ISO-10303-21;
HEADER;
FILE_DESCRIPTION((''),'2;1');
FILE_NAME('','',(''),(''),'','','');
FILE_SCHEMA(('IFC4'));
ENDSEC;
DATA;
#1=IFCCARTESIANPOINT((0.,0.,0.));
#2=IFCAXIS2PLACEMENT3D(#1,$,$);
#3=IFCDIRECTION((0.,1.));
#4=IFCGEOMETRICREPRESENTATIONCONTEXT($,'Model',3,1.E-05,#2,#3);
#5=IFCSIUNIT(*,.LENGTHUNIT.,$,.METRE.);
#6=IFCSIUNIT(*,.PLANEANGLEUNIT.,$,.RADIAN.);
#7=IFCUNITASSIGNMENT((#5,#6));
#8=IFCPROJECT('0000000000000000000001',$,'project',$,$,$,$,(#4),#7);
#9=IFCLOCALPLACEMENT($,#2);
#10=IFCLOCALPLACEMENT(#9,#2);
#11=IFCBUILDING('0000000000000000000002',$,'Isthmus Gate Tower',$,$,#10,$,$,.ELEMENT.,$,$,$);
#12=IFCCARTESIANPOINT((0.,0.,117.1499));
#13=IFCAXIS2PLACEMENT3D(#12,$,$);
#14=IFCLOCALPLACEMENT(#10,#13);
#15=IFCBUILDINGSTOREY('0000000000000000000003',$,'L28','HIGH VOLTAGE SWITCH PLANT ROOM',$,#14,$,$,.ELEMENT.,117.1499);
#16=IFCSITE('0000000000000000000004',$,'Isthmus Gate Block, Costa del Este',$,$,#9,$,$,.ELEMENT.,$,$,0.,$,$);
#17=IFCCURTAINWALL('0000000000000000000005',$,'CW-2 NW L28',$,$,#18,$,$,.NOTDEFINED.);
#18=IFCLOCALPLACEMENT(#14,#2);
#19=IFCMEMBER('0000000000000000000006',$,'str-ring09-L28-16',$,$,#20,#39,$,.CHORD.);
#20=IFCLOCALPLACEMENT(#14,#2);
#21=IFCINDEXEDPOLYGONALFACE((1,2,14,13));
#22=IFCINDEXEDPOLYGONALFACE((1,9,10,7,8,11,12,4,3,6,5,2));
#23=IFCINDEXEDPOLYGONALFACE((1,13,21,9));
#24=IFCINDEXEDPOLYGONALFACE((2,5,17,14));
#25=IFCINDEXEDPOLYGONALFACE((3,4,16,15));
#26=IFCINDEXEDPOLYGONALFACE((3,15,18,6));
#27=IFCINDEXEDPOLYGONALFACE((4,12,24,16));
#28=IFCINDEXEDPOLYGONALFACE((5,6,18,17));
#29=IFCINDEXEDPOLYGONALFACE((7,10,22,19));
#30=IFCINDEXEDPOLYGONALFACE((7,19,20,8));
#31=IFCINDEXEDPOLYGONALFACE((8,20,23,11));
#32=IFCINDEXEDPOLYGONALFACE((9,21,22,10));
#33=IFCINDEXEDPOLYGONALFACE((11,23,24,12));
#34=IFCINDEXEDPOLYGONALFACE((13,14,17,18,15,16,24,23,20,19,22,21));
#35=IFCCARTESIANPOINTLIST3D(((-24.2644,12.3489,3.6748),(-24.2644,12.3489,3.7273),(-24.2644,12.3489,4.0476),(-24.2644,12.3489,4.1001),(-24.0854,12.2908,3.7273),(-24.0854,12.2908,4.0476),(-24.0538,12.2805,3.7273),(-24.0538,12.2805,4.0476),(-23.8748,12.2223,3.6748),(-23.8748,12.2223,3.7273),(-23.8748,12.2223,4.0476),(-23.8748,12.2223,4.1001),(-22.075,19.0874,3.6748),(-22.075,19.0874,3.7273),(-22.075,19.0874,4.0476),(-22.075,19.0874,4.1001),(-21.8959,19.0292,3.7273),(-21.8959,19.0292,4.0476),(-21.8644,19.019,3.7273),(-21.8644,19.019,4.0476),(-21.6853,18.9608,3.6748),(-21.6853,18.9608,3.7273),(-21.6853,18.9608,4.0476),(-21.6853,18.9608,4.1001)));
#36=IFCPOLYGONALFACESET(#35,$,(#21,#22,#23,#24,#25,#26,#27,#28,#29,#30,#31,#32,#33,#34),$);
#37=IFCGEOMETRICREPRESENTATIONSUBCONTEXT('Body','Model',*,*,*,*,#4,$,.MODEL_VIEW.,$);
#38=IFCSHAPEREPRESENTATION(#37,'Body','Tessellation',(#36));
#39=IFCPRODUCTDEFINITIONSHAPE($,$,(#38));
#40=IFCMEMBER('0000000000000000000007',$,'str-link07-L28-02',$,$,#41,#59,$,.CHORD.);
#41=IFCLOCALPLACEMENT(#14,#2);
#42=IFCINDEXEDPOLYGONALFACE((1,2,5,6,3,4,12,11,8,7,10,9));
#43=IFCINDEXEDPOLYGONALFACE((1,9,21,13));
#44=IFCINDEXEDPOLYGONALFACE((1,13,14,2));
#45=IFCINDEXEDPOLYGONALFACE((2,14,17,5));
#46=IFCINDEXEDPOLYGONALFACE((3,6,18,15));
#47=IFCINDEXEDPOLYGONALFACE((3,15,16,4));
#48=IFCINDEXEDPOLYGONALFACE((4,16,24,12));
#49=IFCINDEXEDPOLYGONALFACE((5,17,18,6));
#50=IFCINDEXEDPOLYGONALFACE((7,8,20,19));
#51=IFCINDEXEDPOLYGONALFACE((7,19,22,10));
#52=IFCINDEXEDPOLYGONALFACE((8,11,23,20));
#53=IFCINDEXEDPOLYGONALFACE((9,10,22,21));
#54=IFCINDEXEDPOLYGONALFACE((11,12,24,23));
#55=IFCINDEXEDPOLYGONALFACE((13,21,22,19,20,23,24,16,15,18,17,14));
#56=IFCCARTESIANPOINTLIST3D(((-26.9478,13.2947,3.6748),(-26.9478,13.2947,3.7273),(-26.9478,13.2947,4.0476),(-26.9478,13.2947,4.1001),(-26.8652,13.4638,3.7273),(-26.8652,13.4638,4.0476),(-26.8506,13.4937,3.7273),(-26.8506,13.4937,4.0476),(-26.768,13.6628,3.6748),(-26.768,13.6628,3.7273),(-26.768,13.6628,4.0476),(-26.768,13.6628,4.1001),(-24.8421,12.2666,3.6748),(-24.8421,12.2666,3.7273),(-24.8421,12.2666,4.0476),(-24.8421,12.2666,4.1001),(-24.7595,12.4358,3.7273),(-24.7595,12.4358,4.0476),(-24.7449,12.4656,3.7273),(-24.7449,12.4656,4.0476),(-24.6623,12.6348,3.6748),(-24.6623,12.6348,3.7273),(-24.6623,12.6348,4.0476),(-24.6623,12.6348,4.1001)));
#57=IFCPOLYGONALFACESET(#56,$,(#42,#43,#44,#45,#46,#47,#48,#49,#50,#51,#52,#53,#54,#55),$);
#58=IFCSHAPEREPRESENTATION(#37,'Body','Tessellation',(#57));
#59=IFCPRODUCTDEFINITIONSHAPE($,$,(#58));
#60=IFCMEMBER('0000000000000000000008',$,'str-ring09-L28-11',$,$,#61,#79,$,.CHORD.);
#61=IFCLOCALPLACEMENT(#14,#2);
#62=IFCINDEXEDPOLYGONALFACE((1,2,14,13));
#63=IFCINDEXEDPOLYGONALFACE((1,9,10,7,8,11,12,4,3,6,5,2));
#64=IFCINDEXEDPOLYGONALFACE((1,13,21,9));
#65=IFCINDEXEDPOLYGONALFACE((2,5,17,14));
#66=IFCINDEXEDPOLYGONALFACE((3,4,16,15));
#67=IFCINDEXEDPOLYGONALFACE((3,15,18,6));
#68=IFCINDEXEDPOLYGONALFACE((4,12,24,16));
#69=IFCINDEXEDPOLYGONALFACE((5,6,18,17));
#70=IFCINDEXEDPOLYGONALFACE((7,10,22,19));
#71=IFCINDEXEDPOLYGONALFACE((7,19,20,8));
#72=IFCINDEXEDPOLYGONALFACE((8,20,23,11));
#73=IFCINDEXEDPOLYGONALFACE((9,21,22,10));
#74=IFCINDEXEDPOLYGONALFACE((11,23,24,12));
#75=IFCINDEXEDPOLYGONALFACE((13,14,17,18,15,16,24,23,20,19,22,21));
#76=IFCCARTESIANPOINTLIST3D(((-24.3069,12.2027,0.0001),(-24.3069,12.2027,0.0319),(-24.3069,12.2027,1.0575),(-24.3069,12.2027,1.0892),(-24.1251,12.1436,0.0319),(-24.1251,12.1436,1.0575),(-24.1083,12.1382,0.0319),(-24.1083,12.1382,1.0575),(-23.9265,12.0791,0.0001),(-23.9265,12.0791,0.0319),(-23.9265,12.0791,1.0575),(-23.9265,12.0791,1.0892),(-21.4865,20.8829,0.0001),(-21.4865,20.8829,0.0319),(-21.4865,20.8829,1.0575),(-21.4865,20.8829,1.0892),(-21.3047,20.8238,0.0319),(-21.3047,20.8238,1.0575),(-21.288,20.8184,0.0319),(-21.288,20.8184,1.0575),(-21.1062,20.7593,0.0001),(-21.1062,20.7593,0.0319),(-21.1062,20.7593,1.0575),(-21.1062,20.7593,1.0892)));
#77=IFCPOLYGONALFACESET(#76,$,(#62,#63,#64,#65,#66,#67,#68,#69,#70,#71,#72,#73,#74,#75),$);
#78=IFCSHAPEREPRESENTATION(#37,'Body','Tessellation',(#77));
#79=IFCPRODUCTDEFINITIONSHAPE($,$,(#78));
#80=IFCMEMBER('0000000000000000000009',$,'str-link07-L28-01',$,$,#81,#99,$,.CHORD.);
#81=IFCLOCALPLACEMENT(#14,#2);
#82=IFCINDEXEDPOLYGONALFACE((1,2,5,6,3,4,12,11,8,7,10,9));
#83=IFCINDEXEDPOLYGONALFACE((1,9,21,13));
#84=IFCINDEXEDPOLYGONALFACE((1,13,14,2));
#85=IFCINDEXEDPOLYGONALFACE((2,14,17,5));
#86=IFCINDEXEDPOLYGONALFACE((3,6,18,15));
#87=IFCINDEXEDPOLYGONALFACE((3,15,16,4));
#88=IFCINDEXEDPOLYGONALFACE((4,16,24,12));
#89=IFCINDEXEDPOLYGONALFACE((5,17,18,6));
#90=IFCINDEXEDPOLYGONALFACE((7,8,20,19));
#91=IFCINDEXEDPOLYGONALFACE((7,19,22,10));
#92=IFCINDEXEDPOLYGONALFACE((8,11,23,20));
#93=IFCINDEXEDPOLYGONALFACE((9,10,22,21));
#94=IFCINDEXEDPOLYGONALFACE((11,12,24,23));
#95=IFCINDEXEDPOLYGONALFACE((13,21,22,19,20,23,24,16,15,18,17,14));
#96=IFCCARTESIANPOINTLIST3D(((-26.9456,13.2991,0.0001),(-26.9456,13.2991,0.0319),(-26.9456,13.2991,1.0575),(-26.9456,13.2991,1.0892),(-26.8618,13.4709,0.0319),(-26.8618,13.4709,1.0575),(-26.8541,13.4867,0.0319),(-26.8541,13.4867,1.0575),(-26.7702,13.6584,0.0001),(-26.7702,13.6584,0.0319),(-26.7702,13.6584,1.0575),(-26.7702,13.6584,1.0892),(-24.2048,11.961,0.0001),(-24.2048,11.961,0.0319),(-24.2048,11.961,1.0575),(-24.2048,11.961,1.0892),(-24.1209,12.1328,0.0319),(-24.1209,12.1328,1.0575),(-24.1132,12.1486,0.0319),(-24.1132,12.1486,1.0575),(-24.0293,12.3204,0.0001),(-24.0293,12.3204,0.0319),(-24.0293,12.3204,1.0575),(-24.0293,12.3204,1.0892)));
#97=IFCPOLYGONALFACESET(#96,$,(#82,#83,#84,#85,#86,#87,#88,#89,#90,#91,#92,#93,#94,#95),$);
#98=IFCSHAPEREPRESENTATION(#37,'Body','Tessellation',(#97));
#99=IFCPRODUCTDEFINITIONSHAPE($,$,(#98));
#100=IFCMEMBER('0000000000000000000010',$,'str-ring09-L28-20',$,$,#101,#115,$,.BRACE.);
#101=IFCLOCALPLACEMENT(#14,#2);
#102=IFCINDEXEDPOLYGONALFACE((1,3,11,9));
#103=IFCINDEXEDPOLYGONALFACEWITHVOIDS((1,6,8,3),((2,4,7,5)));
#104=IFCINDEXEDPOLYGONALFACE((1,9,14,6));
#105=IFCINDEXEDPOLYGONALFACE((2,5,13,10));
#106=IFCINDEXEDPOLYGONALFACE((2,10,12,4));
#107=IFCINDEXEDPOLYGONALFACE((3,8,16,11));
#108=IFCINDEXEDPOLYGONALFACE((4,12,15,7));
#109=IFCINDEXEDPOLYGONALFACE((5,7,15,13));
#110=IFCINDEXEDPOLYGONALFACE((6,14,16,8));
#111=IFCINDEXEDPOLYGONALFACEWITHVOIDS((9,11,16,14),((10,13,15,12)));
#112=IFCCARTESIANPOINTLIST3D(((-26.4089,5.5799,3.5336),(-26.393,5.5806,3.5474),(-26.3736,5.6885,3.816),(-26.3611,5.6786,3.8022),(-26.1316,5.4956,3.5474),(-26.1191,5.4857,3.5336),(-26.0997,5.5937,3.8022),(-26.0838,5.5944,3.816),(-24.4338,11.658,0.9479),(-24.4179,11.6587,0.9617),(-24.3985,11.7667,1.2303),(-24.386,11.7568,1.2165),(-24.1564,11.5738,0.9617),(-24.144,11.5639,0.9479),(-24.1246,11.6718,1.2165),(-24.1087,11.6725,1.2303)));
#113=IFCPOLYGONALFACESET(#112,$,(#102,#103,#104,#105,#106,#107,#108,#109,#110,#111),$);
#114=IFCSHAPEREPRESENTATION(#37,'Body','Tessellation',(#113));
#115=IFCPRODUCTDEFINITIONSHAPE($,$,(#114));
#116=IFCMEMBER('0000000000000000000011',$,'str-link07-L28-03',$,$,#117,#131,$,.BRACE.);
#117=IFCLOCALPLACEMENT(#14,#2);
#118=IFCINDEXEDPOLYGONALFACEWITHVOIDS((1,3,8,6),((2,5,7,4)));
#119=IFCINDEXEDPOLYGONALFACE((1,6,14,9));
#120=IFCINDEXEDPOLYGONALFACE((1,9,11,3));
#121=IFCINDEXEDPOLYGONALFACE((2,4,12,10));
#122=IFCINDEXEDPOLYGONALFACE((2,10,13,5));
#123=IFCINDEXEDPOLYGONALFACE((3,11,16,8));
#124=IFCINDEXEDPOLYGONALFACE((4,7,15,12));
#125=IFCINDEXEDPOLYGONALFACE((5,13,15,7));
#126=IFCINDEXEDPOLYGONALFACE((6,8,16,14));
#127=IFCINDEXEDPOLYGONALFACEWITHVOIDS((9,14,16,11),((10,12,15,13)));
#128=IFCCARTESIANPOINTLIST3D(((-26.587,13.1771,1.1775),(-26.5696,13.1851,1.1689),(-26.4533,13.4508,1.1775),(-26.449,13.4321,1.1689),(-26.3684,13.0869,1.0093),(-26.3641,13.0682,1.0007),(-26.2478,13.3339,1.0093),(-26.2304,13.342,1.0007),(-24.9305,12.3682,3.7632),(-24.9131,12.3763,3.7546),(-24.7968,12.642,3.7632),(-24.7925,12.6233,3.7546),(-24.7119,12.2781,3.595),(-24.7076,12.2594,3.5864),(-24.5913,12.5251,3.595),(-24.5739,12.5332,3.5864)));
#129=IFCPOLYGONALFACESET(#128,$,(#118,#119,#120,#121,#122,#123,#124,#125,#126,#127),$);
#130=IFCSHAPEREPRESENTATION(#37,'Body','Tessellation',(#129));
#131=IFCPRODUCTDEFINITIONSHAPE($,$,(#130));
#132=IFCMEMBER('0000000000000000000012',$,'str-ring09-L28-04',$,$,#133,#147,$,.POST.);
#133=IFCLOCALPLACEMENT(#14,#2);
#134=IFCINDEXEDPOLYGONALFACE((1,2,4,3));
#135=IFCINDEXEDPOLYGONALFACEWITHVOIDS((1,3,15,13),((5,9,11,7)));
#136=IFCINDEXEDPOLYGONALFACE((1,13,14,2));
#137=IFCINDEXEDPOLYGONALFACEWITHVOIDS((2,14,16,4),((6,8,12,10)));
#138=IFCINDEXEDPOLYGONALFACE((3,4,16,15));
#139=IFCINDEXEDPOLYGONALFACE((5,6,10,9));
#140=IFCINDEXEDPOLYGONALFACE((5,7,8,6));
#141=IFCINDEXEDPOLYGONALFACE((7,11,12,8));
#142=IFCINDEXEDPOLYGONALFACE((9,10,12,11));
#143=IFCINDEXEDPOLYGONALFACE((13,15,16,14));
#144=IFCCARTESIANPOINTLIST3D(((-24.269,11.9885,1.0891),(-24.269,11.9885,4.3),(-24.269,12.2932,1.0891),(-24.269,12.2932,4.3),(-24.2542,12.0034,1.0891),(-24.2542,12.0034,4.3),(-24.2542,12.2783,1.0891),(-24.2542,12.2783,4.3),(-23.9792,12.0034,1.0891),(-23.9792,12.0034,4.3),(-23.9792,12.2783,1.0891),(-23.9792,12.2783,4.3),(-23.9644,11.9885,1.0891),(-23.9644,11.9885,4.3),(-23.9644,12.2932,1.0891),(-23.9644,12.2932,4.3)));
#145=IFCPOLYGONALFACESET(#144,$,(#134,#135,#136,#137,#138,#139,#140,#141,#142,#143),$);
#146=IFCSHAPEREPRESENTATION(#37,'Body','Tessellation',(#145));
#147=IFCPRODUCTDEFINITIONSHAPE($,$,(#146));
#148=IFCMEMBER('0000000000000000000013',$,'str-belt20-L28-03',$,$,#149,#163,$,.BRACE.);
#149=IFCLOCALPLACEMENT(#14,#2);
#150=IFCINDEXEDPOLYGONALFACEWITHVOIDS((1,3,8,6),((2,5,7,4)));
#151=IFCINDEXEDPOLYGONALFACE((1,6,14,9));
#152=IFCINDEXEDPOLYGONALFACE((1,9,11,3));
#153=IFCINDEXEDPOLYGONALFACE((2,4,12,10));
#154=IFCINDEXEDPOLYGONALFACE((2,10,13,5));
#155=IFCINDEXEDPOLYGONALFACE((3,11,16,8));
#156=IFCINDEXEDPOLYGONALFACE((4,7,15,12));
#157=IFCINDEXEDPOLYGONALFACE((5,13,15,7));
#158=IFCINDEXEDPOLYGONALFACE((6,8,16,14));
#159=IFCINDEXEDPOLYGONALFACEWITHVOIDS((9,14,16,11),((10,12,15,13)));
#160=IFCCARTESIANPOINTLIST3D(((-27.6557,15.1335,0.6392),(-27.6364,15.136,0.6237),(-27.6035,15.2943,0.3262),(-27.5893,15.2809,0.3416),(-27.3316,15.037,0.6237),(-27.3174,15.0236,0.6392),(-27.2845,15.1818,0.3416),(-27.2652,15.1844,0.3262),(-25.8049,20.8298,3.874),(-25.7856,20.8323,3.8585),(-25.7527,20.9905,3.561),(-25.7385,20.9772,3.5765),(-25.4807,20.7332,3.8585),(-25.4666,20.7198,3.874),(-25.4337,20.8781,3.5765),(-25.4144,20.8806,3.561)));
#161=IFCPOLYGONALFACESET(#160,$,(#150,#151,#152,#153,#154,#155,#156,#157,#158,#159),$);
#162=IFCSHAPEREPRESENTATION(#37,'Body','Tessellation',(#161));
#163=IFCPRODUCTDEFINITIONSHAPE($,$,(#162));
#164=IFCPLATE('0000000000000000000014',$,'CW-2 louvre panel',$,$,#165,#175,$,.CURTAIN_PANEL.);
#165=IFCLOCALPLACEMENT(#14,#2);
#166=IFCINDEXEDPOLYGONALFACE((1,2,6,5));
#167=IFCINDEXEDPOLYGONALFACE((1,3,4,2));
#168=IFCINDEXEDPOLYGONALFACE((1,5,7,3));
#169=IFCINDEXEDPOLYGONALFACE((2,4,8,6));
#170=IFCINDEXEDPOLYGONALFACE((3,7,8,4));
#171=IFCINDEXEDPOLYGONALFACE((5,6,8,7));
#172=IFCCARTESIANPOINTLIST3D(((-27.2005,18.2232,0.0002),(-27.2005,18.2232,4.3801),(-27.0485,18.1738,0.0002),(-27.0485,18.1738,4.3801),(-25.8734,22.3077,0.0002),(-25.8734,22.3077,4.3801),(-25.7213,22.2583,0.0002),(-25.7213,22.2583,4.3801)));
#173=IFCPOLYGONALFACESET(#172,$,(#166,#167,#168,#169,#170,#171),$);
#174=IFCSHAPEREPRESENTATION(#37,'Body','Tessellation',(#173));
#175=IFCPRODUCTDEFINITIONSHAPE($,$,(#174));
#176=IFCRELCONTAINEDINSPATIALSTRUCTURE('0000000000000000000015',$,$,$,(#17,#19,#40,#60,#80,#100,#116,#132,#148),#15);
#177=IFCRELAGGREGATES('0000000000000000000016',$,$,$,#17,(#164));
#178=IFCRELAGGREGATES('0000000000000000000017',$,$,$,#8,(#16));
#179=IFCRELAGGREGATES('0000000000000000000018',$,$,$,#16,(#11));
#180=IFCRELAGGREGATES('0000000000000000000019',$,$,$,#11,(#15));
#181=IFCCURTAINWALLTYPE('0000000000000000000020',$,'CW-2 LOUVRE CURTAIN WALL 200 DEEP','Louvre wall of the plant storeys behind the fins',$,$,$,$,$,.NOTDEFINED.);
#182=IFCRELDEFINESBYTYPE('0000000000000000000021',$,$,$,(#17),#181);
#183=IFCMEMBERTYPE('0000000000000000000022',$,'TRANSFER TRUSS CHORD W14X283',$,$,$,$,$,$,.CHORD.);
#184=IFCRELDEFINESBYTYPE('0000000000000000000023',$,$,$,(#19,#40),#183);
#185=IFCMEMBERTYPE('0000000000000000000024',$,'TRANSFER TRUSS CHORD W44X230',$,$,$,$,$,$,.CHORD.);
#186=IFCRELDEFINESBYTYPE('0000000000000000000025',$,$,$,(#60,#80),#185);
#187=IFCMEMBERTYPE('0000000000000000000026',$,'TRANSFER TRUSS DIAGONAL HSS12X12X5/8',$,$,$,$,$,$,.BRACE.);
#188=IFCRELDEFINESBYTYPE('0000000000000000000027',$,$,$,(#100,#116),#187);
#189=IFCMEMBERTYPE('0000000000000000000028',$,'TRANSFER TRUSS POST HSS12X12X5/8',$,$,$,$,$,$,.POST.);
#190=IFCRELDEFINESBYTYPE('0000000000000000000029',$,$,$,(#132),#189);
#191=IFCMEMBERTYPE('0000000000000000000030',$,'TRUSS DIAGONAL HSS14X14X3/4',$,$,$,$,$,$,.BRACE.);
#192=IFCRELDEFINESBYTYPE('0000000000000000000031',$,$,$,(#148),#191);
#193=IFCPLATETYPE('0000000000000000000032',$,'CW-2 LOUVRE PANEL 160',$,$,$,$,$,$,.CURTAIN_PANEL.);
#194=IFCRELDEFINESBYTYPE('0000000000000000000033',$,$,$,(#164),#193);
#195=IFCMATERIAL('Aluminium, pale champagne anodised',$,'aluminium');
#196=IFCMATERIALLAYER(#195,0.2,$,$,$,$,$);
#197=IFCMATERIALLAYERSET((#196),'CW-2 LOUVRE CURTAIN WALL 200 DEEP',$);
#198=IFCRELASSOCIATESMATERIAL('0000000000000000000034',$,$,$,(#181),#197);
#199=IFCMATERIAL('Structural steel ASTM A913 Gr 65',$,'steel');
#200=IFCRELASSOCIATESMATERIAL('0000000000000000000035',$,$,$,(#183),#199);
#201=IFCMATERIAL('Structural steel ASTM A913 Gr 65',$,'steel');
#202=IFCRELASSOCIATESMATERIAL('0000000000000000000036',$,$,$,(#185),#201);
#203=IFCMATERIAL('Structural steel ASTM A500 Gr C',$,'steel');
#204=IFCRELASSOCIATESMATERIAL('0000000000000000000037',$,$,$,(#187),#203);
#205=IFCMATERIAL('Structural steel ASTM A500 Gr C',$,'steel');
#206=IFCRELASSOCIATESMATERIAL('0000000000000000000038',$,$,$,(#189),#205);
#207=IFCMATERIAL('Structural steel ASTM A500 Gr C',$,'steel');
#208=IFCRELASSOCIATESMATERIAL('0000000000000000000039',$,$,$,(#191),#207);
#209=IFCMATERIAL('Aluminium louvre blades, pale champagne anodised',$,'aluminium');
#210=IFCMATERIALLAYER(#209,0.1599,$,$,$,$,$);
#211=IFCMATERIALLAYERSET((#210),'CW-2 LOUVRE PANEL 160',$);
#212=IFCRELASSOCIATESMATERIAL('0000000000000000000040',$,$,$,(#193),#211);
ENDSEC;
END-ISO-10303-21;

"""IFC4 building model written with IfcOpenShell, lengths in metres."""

from ifc_helpers import new_model, si_unit, direction, frame, origin, origin_2d, place, context, subcontext, project, spatial, rectangle, hollow_rectangle, i_section, extrude, material, layer, layer_set, material_profile, profile_set, type_object, element, aggregate, save


model = new_model("IFC4")

# Units and contexts
model_context = context("Model", 3, precision=1e-05, world=origin(), true_north=direction((0.0, 1.0)))
body_context = subcontext(model_context, "Body", "Model", "MODEL_VIEW")
ifc_project = project(units=[si_unit("LENGTHUNIT", "METRE"), si_unit("PLANEANGLEUNIT", "RADIAN")], contexts=[model_context])

# Site, building, storey
site_placement = place(None, origin())
site = spatial("IfcSite", under=ifc_project, at=site_placement, Name="Isthmus Gate Block, Costa del Este", CompositionType="ELEMENT", RefElevation=0.0)
building_placement = place(site_placement, origin())
building = spatial("IfcBuilding", under=site, at=building_placement, Name="Isthmus Gate Tower", CompositionType="ELEMENT")
storey_placement = place(building_placement, frame((0.0, 0.0, 117.1499)))
storey = spatial("IfcBuildingStorey", under=building, at=storey_placement, Name="L28", Description="HIGH VOLTAGE SWITCH PLANT ROOM", CompositionType="ELEMENT", Elevation=117.1499)

# Curtain wall
ifc_material_1 = material(Name="Aluminium, pale champagne anodised", Category="aluminium")
ifc_layer_1 = layer(ifc_material_1, 0.2)
ifc_layer_set_1 = layer_set([ifc_layer_1], Name="CW-2 LOUVRE CURTAIN WALL 200 DEEP")
curtain_wall_type = type_object("IfcCurtainWallType", Name="CW-2 LOUVRE CURTAIN WALL 200 DEEP", Description="Louvre wall of the plant storeys behind the fins", PredefinedType="NOTDEFINED", material=ifc_layer_set_1)
curtain_wall_placement = place(storey_placement, origin())
curtain_wall = element("IfcCurtainWall", 1, at=curtain_wall_placement, inside=storey, type_object=curtain_wall_type, Name="CW-2 NW L28", PredefinedType="NOTDEFINED")

# Members
ifc_material_2 = material(Name="Structural steel ASTM A913 Gr 65", Category="steel")
ifc_material_profile_1 = material_profile(ifc_material_2, i_section(OverallWidth=0.4097, OverallDepth=0.4253, WebThickness=0.0332, FlangeThickness=0.0525, at=origin_2d()), Name="W14X283")
ifc_profile_set_1 = profile_set([ifc_material_profile_1], Name="Structural steel ASTM A913 Gr 65")
member_type_1 = type_object("IfcMemberType", Name="TRANSFER TRUSS CHORD W14X283", PredefinedType="CHORD", material=ifc_profile_set_1)
member_1_placement = place(storey_placement, frame((-24.0696, 12.2856, 3.8875), z_axis=(0.309014, 0.951058, 0.0), x_axis=(-0.951058, 0.309014, 0.0)))
element("IfcMember", 2, at=member_1_placement, inside=storey, type_object=member_type_1, Name="str-ring09-L28-16", PredefinedType="CHORD", context=body_context, shape_type="SweptSolid", body=[
    extrude(i_section(OverallWidth=0.4097, OverallDepth=0.4253, WebThickness=0.0332, FlangeThickness=0.0525, at=origin_2d()), origin(), (0.0, 0.0, 1.0), 7.0852),
])
member_2_placement = place(storey_placement, frame((-26.8579, 13.4788, 3.8875), z_axis=(0.898617, -0.438734, 0.0), x_axis=(0.438734, 0.898617, 0.0)))
element("IfcMember", 3, at=member_2_placement, inside=storey, type_object=member_type_1, Name="str-link07-L28-02", PredefinedType="CHORD", context=body_context, shape_type="SweptSolid", body=[
    extrude(i_section(OverallWidth=0.4097, OverallDepth=0.4253, WebThickness=0.0332, FlangeThickness=0.0525, at=origin_2d()), origin(), (0.0, 0.0, 1.0), 2.3433),
])
ifc_material_3 = material(Name="Structural steel ASTM A913 Gr 65", Category="steel")
ifc_material_profile_2 = material_profile(ifc_material_3, i_section(OverallWidth=0.3999, OverallDepth=1.0891, WebThickness=0.0176, FlangeThickness=0.0317, at=origin_2d()), Name="W44X230")
ifc_profile_set_2 = profile_set([ifc_material_profile_2], Name="Structural steel ASTM A913 Gr 65")
member_type_2 = type_object("IfcMemberType", Name="TRANSFER TRUSS CHORD W44X230", PredefinedType="CHORD", material=ifc_profile_set_2)
member_3_placement = place(storey_placement, frame((-24.1167, 12.1409, 0.5447), z_axis=(0.309012, 0.951058, 0.0), x_axis=(-0.951058, 0.309012, 0.0)))
element("IfcMember", 4, at=member_3_placement, inside=storey, type_object=member_type_2, Name="str-ring09-L28-11", PredefinedType="CHORD", context=body_context, shape_type="SweptSolid", body=[
    extrude(i_section(OverallWidth=0.3999, OverallDepth=1.0891, WebThickness=0.0176, FlangeThickness=0.0317, at=origin_2d()), origin(), (0.0, 0.0, 1.0), 9.127),
])
member_4_placement = place(storey_placement, frame((-26.8579, 13.4788, 0.5447), z_axis=(0.898629, -0.438709, 0.0), x_axis=(0.438709, 0.898629, 0.0)))
element("IfcMember", 5, at=member_4_placement, inside=storey, type_object=member_type_2, Name="str-link07-L28-01", PredefinedType="CHORD", context=body_context, shape_type="SweptSolid", body=[
    extrude(i_section(OverallWidth=0.3999, OverallDepth=1.0891, WebThickness=0.0176, FlangeThickness=0.0317, at=origin_2d()), origin(), (0.0, 0.0, 1.0), 3.05),
])
ifc_material_4 = material(Name="Structural steel ASTM A500 Gr C", Category="steel")
ifc_material_profile_3 = material_profile(ifc_material_4, hollow_rectangle(XDim=0.3047, YDim=0.3047, WallThickness=0.0149, at=origin_2d()), Name="HSS12X12X5/8")
ifc_profile_set_3 = profile_set([ifc_material_profile_3], Name="Structural steel ASTM A500 Gr C")
member_type_3 = type_object("IfcMemberType", Name="TRANSFER TRUSS DIAGONAL HSS12X12X5/8", PredefinedType="BRACE", material=ifc_profile_set_3)
member_5_placement = place(storey_placement, frame((-24.2712, 11.6653, 1.0891), z_axis=(-0.286486, -0.881625, 0.375052), x_axis=(0.951048, -0.309045, 0.0)))
element("IfcMember", 6, at=member_5_placement, inside=storey, type_object=member_type_3, Name="str-ring09-L28-20", PredefinedType="BRACE", context=body_context, shape_type="SweptSolid", body=[
    extrude(hollow_rectangle(XDim=0.3047, YDim=0.3047, WallThickness=0.0149, at=origin_2d()), origin(), (0.0, 0.0, 1.0), 6.8943),
])
member_6_placement = place(storey_placement, frame((-26.4087, 13.2595, 1.0891), z_axis=(0.521643, -0.254709, 0.814255), x_axis=(0.438771, 0.898599, 0.0)))
element("IfcMember", 7, at=member_6_placement, inside=storey, type_object=member_type_3, Name="str-link07-L28-03", PredefinedType="BRACE", context=body_context, shape_type="SweptSolid", body=[
    extrude(hollow_rectangle(XDim=0.3047, YDim=0.3047, WallThickness=0.0149, at=origin_2d()), origin(), (0.0, 0.0, 1.0), 3.1755),
])
ifc_material_5 = material(Name="Structural steel ASTM A500 Gr C", Category="steel")
ifc_material_profile_4 = material_profile(ifc_material_5, hollow_rectangle(XDim=0.3047, YDim=0.3047, WallThickness=0.0149, at=origin_2d()), Name="HSS12X12X5/8")
ifc_profile_set_4 = profile_set([ifc_material_profile_4], Name="Structural steel ASTM A500 Gr C")
member_type_4 = type_object("IfcMemberType", Name="TRANSFER TRUSS POST HSS12X12X5/8", PredefinedType="POST", material=ifc_profile_set_4)
member_7_placement = place(storey_placement, frame((-24.1167, 12.1409, 1.0891), z_axis=(0.0, 0.0, 1.0), x_axis=(1.0, 0.0, 0.0)))
element("IfcMember", 8, at=member_7_placement, inside=storey, type_object=member_type_4, Name="str-ring09-L28-04", PredefinedType="POST", context=body_context, shape_type="SweptSolid", body=[
    extrude(hollow_rectangle(XDim=0.3047, YDim=0.3047, WallThickness=0.0149, at=origin_2d()), origin(), (0.0, 0.0, 1.0), 3.2109),
])
ifc_material_6 = material(Name="Structural steel ASTM A500 Gr C", Category="steel")
ifc_material_profile_5 = material_profile(ifc_material_6, hollow_rectangle(XDim=0.3557, YDim=0.3557, WallThickness=0.0176, at=origin_2d()), Name="HSS14X14X3/4")
ifc_profile_set_5 = profile_set([ifc_material_profile_5], Name="Structural steel ASTM A500 Gr C")
member_type_5 = type_object("IfcMemberType", Name="TRUSS DIAGONAL HSS14X14X3/4", PredefinedType="BRACE", material=ifc_profile_set_5)
member_8_placement = place(storey_placement, frame((-27.4604, 15.1589, 0.4827), z_axis=(0.271894, 0.836807, 0.475214), x_axis=(-0.951057, 0.309016, 0.0)))
element("IfcMember", 9, at=member_8_placement, inside=storey, type_object=member_type_5, Name="str-belt20-L28-03", PredefinedType="BRACE", context=body_context, shape_type="SweptSolid", body=[
    extrude(hollow_rectangle(XDim=0.3557, YDim=0.3557, WallThickness=0.0176, at=origin_2d()), origin(), (0.0, 0.0, 1.0), 6.8071),
])

# Plate
ifc_material_7 = material(Name="Aluminium louvre blades, pale champagne anodised", Category="aluminium")
ifc_layer_2 = layer(ifc_material_7, 0.1599)
ifc_layer_set_2 = layer_set([ifc_layer_2], Name="CW-2 LOUVRE PANEL 160")
plate_type = type_object("IfcPlateType", Name="CW-2 LOUVRE PANEL 160", PredefinedType="CURTAIN_PANEL", material=ifc_layer_set_2)
plate_1_placement = place(storey_placement, frame((-26.4609, 20.2407, 0.0002), z_axis=(0.0, 0.0, 1.0), x_axis=(-0.309017, -0.951057, 0.0)))
plate_1 = element("IfcPlate", 10, at=plate_1_placement, type_object=plate_type, Name="CW-2 louvre panel", PredefinedType="CURTAIN_PANEL", context=body_context, shape_type="SweptSolid", body=[
    extrude(rectangle(XDim=4.2947, YDim=0.1599, at=origin_2d()), origin(), (0.0, 0.0, 1.0), 4.3799),
])
aggregate(curtain_wall, [plate_1])

save(model, "model.ifc")
